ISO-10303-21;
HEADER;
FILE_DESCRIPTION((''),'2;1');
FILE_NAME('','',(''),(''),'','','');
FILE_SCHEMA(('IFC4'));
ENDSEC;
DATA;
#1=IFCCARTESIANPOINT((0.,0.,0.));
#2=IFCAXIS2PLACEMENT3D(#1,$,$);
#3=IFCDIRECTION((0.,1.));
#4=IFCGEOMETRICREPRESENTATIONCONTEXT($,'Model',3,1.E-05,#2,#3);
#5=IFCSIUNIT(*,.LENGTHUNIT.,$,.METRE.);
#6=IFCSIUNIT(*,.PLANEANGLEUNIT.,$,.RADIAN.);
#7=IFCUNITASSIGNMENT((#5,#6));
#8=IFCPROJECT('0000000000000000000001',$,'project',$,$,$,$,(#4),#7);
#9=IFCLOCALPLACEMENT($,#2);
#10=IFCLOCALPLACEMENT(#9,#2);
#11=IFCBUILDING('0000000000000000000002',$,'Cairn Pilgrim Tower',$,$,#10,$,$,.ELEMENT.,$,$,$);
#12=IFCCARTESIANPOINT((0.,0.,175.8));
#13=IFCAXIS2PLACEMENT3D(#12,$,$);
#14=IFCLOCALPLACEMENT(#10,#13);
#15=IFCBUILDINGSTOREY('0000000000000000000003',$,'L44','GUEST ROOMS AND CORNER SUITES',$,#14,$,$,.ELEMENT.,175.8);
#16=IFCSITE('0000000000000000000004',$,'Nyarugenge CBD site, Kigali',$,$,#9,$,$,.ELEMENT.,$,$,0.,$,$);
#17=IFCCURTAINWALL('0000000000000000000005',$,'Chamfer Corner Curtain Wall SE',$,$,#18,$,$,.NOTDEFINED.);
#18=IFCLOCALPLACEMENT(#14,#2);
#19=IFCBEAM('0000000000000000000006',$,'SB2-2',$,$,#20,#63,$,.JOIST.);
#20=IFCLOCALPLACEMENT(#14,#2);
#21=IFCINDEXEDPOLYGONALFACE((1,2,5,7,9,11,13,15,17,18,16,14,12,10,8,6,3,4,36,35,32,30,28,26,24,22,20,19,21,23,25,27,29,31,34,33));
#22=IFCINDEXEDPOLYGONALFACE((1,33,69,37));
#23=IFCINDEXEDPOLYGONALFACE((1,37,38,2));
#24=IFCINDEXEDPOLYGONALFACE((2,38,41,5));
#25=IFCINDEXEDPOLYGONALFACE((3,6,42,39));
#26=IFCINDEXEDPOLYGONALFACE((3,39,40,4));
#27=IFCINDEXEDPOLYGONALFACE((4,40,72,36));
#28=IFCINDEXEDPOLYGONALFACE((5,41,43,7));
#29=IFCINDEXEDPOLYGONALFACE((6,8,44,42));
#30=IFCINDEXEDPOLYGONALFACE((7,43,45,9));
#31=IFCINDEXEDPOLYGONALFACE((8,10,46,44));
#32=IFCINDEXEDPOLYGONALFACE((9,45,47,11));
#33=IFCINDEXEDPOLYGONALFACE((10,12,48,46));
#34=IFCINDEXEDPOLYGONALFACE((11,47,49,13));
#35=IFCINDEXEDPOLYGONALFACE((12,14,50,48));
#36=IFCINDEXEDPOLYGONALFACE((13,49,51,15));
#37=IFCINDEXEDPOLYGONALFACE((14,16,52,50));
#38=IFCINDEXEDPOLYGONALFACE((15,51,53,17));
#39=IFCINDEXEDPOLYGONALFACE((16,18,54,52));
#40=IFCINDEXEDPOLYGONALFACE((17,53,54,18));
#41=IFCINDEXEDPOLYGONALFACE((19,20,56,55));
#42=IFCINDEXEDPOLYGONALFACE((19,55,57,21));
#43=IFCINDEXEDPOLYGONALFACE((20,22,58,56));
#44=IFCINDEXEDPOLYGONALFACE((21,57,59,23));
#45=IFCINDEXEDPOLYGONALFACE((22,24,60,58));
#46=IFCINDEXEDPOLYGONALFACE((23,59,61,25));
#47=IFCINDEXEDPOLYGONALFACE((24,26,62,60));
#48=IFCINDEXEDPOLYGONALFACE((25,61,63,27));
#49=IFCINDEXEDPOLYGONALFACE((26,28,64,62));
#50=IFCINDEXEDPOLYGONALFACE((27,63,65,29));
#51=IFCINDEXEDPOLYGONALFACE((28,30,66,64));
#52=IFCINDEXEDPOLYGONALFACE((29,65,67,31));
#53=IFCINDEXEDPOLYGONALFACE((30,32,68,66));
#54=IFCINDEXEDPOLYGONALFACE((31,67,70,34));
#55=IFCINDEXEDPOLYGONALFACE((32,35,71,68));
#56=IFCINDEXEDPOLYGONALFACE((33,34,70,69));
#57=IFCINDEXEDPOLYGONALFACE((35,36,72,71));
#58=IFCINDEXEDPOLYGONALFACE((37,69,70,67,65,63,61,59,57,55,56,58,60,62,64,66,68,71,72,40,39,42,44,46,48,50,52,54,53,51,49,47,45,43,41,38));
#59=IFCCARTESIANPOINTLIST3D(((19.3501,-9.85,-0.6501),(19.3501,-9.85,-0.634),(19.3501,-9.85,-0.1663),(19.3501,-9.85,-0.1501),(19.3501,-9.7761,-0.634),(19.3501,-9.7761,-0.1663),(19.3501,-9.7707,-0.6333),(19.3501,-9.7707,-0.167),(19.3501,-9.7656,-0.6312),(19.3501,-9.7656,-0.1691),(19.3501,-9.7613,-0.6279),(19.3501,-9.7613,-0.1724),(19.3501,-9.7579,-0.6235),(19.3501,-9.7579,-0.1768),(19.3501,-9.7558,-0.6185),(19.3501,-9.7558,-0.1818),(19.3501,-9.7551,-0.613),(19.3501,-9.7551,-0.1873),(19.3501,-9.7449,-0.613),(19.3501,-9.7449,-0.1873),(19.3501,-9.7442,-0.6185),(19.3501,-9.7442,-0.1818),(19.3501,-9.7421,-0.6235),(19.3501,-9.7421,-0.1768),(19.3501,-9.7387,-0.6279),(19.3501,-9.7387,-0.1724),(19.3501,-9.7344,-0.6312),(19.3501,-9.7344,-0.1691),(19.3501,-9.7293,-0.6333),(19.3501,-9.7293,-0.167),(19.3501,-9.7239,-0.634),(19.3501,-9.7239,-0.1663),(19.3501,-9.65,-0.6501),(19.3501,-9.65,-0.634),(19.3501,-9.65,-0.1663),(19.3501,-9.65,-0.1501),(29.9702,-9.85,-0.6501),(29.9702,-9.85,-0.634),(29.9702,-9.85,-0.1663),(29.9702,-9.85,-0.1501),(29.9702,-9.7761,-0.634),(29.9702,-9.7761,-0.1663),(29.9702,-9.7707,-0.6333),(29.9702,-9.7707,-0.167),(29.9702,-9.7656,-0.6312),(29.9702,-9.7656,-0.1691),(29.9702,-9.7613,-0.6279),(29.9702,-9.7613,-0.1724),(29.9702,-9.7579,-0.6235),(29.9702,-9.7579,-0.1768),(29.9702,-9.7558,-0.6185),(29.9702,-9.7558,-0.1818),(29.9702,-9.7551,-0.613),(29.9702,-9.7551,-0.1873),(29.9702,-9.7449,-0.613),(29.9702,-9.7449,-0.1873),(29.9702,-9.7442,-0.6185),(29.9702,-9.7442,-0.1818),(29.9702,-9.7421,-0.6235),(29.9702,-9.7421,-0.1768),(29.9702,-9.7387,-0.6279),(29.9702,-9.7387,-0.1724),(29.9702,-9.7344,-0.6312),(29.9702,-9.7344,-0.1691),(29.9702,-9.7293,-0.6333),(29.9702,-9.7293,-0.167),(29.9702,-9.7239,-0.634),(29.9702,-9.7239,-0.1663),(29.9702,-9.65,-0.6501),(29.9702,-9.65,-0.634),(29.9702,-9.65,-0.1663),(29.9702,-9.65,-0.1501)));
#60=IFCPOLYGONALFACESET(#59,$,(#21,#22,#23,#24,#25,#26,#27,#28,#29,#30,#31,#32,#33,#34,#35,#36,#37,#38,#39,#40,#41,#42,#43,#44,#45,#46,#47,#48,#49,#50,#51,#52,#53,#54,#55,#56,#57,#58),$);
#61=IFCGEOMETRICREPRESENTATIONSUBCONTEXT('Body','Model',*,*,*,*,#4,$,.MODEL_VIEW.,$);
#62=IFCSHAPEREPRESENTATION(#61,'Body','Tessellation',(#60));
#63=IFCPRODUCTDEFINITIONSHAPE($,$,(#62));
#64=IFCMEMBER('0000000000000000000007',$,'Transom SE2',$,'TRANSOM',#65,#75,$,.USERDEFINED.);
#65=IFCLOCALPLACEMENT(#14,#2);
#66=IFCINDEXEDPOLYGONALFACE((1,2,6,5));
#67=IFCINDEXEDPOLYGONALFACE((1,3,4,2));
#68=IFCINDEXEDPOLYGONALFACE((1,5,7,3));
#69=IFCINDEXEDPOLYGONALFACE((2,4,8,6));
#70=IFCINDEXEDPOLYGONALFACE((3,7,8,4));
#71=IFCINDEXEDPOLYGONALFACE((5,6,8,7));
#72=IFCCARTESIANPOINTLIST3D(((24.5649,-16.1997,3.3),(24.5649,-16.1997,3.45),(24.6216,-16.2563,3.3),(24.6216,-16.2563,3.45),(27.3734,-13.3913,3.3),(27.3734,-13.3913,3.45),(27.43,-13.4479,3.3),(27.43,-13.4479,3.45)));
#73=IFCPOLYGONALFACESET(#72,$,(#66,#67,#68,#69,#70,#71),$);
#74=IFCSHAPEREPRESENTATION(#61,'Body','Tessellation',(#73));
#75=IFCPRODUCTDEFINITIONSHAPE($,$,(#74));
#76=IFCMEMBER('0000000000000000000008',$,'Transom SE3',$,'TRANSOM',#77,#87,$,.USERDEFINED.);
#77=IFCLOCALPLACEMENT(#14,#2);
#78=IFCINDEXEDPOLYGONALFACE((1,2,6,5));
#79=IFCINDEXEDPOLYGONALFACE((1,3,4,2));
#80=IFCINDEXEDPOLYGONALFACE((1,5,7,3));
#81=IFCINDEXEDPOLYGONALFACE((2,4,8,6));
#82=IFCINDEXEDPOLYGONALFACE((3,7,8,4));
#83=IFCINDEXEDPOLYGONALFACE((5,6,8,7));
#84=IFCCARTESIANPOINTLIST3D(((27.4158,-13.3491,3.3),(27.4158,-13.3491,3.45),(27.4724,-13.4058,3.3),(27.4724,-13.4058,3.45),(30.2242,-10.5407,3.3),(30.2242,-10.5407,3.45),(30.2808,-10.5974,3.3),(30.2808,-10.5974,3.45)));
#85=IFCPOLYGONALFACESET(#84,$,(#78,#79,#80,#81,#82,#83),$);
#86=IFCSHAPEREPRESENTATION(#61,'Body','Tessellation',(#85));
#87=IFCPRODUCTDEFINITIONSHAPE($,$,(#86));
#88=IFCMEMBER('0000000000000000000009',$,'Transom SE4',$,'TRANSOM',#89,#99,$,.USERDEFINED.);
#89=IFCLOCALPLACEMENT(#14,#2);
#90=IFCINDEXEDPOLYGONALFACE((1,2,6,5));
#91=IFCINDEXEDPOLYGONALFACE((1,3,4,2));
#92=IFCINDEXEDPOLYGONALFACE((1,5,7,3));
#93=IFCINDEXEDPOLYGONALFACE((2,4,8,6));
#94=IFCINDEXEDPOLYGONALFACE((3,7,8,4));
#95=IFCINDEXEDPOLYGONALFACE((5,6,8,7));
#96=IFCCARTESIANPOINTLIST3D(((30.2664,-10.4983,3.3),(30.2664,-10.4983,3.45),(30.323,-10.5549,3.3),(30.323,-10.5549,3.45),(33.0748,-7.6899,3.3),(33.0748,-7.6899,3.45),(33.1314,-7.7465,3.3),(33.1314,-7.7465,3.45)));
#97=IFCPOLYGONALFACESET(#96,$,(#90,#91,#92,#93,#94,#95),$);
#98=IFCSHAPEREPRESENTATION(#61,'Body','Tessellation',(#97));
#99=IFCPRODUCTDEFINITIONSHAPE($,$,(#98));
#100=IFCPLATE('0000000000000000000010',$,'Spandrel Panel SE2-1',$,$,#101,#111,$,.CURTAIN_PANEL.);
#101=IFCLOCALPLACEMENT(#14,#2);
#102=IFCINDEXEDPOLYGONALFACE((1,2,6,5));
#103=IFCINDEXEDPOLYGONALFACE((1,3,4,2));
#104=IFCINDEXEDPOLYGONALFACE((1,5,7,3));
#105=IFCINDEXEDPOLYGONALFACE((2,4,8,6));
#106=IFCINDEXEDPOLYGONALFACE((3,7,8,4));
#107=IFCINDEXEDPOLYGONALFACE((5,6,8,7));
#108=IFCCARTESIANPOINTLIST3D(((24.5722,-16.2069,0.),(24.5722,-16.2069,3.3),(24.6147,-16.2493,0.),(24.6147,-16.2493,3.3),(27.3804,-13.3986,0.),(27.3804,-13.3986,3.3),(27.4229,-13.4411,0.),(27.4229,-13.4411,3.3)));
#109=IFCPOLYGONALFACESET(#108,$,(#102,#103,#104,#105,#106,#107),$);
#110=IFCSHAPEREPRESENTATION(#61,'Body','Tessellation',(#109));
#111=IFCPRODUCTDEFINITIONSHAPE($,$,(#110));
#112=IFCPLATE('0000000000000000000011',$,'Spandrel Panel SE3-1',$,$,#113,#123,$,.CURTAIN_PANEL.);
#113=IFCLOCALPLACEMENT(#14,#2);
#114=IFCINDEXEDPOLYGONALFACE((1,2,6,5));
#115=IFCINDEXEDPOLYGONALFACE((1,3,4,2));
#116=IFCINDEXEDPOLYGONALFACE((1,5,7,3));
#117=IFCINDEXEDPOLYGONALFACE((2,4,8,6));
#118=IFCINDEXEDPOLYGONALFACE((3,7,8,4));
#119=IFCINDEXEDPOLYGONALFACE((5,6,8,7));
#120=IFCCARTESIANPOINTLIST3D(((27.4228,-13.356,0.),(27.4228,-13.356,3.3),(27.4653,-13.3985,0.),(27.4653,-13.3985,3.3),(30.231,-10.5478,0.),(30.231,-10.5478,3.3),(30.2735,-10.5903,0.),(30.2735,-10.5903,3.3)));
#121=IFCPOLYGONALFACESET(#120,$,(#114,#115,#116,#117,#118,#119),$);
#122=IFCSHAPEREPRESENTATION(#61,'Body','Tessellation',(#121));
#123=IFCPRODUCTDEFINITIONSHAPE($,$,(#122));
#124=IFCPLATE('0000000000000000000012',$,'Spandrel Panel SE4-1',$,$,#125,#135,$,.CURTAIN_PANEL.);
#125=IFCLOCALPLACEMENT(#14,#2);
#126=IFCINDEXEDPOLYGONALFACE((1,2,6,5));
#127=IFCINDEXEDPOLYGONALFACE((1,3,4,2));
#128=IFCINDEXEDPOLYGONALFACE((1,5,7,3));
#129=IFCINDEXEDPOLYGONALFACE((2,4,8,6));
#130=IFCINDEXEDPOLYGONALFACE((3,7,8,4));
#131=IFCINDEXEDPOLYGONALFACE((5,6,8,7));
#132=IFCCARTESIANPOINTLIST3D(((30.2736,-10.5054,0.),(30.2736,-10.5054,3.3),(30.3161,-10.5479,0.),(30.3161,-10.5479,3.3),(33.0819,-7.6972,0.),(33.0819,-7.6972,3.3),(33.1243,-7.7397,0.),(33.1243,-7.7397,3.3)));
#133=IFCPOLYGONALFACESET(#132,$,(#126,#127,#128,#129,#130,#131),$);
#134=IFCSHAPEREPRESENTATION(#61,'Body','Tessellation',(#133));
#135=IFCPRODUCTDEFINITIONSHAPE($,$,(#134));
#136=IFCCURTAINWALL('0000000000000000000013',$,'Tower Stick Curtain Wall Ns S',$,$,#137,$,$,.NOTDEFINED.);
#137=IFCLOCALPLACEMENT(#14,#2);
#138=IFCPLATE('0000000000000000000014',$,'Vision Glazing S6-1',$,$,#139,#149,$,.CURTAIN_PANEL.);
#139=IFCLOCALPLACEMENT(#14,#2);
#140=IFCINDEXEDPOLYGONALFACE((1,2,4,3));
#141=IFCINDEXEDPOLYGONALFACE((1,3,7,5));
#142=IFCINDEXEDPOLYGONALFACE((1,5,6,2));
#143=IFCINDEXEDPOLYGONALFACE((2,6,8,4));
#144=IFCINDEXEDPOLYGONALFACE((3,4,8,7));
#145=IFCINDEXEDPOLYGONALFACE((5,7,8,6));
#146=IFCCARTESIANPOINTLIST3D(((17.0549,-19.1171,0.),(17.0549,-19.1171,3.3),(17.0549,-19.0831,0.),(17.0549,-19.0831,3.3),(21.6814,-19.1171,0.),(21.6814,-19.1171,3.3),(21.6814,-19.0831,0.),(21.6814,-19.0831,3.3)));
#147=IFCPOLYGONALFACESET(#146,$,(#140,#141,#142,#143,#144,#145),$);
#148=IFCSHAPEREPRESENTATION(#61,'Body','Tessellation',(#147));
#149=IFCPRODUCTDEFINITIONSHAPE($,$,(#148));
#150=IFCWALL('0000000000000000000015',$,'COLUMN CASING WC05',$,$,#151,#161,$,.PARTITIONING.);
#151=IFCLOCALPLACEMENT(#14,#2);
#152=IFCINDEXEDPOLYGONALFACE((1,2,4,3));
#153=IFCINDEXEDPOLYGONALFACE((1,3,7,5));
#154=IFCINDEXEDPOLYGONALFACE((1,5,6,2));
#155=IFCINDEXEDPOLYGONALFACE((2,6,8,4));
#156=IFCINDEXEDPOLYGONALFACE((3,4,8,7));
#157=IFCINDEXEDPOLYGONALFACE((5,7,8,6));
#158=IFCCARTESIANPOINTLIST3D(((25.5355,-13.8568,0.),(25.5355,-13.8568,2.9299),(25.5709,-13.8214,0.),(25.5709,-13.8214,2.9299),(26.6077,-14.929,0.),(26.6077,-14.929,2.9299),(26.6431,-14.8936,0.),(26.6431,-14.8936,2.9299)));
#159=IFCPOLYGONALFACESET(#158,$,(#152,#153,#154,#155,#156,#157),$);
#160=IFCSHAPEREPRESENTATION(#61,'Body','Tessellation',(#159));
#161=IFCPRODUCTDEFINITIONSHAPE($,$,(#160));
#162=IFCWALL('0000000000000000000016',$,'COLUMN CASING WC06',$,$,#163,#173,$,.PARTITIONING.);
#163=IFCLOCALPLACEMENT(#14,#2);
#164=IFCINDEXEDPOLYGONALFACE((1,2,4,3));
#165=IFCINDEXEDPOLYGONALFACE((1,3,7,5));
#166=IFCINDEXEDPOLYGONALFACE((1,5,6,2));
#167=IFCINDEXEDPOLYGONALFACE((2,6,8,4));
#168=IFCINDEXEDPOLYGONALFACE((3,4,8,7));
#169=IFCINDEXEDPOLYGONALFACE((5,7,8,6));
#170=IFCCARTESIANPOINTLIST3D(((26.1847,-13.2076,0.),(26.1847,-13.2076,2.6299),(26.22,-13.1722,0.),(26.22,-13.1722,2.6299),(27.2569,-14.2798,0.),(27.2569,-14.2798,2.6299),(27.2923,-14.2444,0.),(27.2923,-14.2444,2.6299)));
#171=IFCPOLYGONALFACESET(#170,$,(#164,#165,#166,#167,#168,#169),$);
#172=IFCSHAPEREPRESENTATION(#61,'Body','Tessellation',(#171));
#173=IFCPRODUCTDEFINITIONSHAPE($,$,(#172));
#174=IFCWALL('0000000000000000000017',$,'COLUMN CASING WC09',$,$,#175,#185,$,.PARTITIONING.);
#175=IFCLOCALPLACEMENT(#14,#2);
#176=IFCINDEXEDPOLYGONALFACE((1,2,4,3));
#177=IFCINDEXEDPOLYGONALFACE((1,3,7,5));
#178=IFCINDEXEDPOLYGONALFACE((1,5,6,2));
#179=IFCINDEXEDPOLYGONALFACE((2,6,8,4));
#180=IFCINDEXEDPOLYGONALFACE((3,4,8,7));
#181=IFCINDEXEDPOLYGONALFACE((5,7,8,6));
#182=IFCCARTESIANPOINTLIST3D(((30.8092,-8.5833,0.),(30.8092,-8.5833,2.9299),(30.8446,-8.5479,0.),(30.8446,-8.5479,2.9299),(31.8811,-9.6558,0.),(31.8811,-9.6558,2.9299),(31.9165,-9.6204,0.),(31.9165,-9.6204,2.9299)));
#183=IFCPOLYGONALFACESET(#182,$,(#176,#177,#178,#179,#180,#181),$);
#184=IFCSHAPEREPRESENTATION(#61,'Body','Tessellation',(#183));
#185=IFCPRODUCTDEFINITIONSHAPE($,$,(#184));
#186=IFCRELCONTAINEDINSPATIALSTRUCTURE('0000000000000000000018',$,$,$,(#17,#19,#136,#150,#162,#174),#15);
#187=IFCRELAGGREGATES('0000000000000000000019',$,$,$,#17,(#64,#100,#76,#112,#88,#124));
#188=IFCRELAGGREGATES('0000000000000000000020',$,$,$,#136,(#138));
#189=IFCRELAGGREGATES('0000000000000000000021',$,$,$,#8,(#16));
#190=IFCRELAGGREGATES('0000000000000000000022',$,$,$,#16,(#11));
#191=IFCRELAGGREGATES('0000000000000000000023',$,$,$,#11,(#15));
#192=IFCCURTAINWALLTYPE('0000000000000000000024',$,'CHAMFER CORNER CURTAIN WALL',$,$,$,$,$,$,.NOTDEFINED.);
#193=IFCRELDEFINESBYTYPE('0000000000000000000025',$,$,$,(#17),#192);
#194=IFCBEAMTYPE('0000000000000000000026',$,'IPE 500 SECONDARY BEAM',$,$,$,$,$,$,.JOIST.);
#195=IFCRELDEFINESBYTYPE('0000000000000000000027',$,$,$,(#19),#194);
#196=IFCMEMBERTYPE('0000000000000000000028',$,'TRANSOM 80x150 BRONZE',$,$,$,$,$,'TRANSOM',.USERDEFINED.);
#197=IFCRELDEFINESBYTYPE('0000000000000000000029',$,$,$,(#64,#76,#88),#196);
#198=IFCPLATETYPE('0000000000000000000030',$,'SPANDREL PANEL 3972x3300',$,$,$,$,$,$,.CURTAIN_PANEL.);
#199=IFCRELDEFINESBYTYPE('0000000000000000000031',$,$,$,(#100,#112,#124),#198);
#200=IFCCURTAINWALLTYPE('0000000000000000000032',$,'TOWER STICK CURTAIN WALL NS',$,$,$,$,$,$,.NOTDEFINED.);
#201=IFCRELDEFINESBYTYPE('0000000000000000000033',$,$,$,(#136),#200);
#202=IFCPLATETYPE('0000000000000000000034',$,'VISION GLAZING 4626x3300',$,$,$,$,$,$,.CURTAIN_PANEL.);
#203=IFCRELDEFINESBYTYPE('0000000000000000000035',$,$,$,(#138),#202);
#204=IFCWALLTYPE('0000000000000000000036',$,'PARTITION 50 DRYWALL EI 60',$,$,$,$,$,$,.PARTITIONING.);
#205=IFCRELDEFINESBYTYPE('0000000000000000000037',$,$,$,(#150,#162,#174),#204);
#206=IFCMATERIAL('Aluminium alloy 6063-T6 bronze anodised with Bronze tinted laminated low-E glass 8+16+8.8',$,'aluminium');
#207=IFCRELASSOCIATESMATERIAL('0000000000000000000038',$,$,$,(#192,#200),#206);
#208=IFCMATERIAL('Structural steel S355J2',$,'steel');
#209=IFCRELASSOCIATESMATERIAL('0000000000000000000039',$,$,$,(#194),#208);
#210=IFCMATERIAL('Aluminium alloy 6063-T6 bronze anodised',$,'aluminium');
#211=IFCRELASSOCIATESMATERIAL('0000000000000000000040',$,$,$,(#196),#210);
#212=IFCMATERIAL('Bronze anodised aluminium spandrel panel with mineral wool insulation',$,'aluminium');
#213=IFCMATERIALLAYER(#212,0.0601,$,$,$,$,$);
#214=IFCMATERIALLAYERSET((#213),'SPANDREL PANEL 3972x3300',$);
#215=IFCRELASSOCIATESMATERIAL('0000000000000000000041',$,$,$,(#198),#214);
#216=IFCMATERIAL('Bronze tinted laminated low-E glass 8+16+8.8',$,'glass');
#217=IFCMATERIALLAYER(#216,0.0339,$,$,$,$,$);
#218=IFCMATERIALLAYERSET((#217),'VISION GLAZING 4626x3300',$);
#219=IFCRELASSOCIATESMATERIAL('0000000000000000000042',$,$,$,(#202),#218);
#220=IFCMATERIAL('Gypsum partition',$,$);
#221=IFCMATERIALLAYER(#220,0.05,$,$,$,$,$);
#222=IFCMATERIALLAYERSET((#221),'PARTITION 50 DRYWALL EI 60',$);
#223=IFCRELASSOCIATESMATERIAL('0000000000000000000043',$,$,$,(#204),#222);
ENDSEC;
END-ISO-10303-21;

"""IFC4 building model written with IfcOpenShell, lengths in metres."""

from ifc_helpers import new_model, si_unit, direction, frame, frame_2d, origin, origin_2d, place, context, subcontext, project, spatial, rectangle, i_section, extrude, material, layer, layer_set, material_profile, profile_set, type_object, element, aggregate, save


model = new_model("IFC4")

# Units and contexts
model_context = context("Model", 3, precision=1e-05, world=origin(), true_north=direction((0.0, 1.0)))
body_context = subcontext(model_context, "Body", "Model", "MODEL_VIEW")
ifc_project = project(units=[si_unit("LENGTHUNIT", "METRE"), si_unit("PLANEANGLEUNIT", "RADIAN")], contexts=[model_context])

# Site, building, storey
site_placement = place(None, origin())
site = spatial("IfcSite", under=ifc_project, at=site_placement, Name="Nyarugenge CBD site, Kigali", CompositionType="ELEMENT", RefElevation=0.0)
building_placement = place(site_placement, origin())
building = spatial("IfcBuilding", under=site, at=building_placement, Name="Cairn Pilgrim Tower", CompositionType="ELEMENT")
storey_placement = place(building_placement, frame((0.0, 0.0, 175.8)))
storey = spatial("IfcBuildingStorey", under=building, at=storey_placement, Name="L44", Description="GUEST ROOMS AND CORNER SUITES", CompositionType="ELEMENT", Elevation=175.8)

# Shared definitions
ifc_material_1 = material(Name="Structural steel S355J2", Category="steel")

# Curtain wall
ifc_material_2 = material(Name="Aluminium alloy 6063-T6 bronze anodised with Bronze tinted laminated low-E glass 8+16+8.8", Category="aluminium")
curtain_wall_type_1 = type_object("IfcCurtainWallType", Name="CHAMFER CORNER CURTAIN WALL", PredefinedType="NOTDEFINED", material=ifc_material_2)
curtain_wall_1_placement = place(storey_placement, origin())
curtain_wall_1 = element("IfcCurtainWall", 1, at=curtain_wall_1_placement, inside=storey, type_object=curtain_wall_type_1, Name="Chamfer Corner Curtain Wall SE", PredefinedType="NOTDEFINED")
ifc_material_3 = material(Name="Aluminium alloy 6063-T6 bronze anodised", Category="aluminium")

# Beam
ifc_material_profile_1 = material_profile(ifc_material_1, i_section(OverallWidth=0.2, OverallDepth=0.5, WebThickness=0.0103, FlangeThickness=0.0161, FilletRadius=0.021, at=origin_2d()), Name="IPE 500")
ifc_profile_set_1 = profile_set([ifc_material_profile_1], Name="Structural steel S355J2")
beam_type_1 = type_object("IfcBeamType", Name="IPE 500 SECONDARY BEAM", PredefinedType="JOIST", material=ifc_profile_set_1)
beam_1_placement = place(storey_placement, frame((19.3501, -9.75, -0.4001), z_axis=(1.0, 0.0, 0.0), x_axis=(0.0, 1.0, 0.0)))
element("IfcBeam", 2, at=beam_1_placement, inside=storey, type_object=beam_type_1, Name="SB2-2", PredefinedType="JOIST", context=body_context, shape_type="SweptSolid", body=[
    extrude(i_section(OverallWidth=0.2, OverallDepth=0.5, WebThickness=0.0103, FlangeThickness=0.0161, FilletRadius=0.021, at=origin_2d()), origin(), (0.0, 0.0, 1.0), 10.6201),
])

# Members
ifc_material_profile_2 = material_profile(ifc_material_3, rectangle(XDim=0.0801, YDim=0.1499, at=origin_2d()), Name="TRANSOM 80x150 BRONZE")
ifc_profile_set_2 = profile_set([ifc_material_profile_2], Name="Aluminium alloy 6063-T6 bronze anodised")
member_type_1 = type_object("IfcMemberType", Name="TRANSOM 80x150 BRONZE", ElementType="TRANSOM", PredefinedType="USERDEFINED", material=ifc_profile_set_2)
member_1_placement = place(storey_placement, frame((24.5933, -16.228, 3.375), z_axis=(0.707107, 0.707107, 0.0), x_axis=(-0.707107, 0.707107, 0.0)))
member_1 = element("IfcMember", 3, at=member_1_placement, type_object=member_type_1, Name="Transom SE2", ObjectType="TRANSOM", PredefinedType="USERDEFINED", context=body_context, shape_type="SweptSolid", body=[
    extrude(rectangle(XDim=0.0801, YDim=0.1499, at=origin_2d()), origin(), (0.0, 0.0, 1.0), 3.9717),
])
member_2_placement = place(storey_placement, frame((27.4441, -13.3774, 3.375), z_axis=(0.707107, 0.707107, 0.0), x_axis=(-0.707107, 0.707107, 0.0)))
member_2 = element("IfcMember", 4, at=member_2_placement, type_object=member_type_1, Name="Transom SE3", ObjectType="TRANSOM", PredefinedType="USERDEFINED", context=body_context, shape_type="SweptSolid", body=[
    extrude(rectangle(XDim=0.0801, YDim=0.1499, at=origin_2d()), origin(), (0.0, 0.0, 1.0), 3.9717),
])
member_3_placement = place(storey_placement, frame((30.2947, -10.5266, 3.375), z_axis=(0.707107, 0.707107, 0.0), x_axis=(-0.707107, 0.707107, 0.0)))
member_3 = element("IfcMember", 5, at=member_3_placement, type_object=member_type_1, Name="Transom SE4", ObjectType="TRANSOM", PredefinedType="USERDEFINED", context=body_context, shape_type="SweptSolid", body=[
    extrude(rectangle(XDim=0.0801, YDim=0.1499, at=origin_2d()), origin(), (0.0, 0.0, 1.0), 3.9717),
])

# Plates
ifc_material_4 = material(Name="Bronze anodised aluminium spandrel panel with mineral wool insulation", Category="aluminium")
ifc_layer_1 = layer(ifc_material_4, 0.0601)
ifc_layer_set_1 = layer_set([ifc_layer_1], Name="SPANDREL PANEL 3972x3300")
plate_type_1 = type_object("IfcPlateType", Name="SPANDREL PANEL 3972x3300", PredefinedType="CURTAIN_PANEL", material=ifc_layer_set_1)
plate_1_placement = place(storey_placement, frame((25.9976, -14.824, 0.0), z_axis=(0.0, 0.0, 1.0), x_axis=(0.707107, 0.707107, 0.0)))
plate_1 = element("IfcPlate", 6, at=plate_1_placement, type_object=plate_type_1, Name="Spandrel Panel SE2-1", PredefinedType="CURTAIN_PANEL", context=body_context, shape_type="SweptSolid", body=[
    extrude(rectangle(XDim=3.9714, YDim=0.0601, at=origin_2d()), origin(), (0.0, 0.0, 1.0), 3.3),
])
plate_2_placement = place(storey_placement, frame((28.8481, -11.9731, 0.0), z_axis=(0.0, 0.0, 1.0), x_axis=(0.707107, 0.707107, 0.0)))
plate_2 = element("IfcPlate", 7, at=plate_2_placement, type_object=plate_type_1, Name="Spandrel Panel SE3-1", PredefinedType="CURTAIN_PANEL", context=body_context, shape_type="SweptSolid", body=[
    extrude(rectangle(XDim=3.9714, YDim=0.0601, at=origin_2d()), origin(), (0.0, 0.0, 1.0), 3.3),
])
plate_3_placement = place(storey_placement, frame((31.699, -9.1226, 0.0), z_axis=(0.0, 0.0, 1.0), x_axis=(0.707107, 0.707107, 0.0)))
plate_3 = element("IfcPlate", 8, at=plate_3_placement, type_object=plate_type_1, Name="Spandrel Panel SE4-1", PredefinedType="CURTAIN_PANEL", context=body_context, shape_type="SweptSolid", body=[
    extrude(rectangle(XDim=3.9714, YDim=0.0601, at=origin_2d()), origin(), (0.0, 0.0, 1.0), 3.3),
])
aggregate(curtain_wall_1, [member_1, plate_1, member_2, plate_2, member_3, plate_3])

# Curtain wall, plate
curtain_wall_type_2 = type_object("IfcCurtainWallType", Name="TOWER STICK CURTAIN WALL NS", PredefinedType="NOTDEFINED", material=ifc_material_2)
curtain_wall_2_placement = place(storey_placement, origin())
curtain_wall_2 = element("IfcCurtainWall", 9, at=curtain_wall_2_placement, inside=storey, type_object=curtain_wall_type_2, Name="Tower Stick Curtain Wall Ns S", PredefinedType="NOTDEFINED")
ifc_material_5 = material(Name="Bronze tinted laminated low-E glass 8+16+8.8", Category="glass")
ifc_layer_2 = layer(ifc_material_5, 0.0339)
ifc_layer_set_2 = layer_set([ifc_layer_2], Name="VISION GLAZING 4626x3300")
plate_type_2 = type_object("IfcPlateType", Name="VISION GLAZING 4626x3300", PredefinedType="CURTAIN_PANEL", material=ifc_layer_set_2)
plate_4_placement = place(storey_placement, frame((19.3682, -19.1001, 0.0), z_axis=(0.0, 0.0, 1.0), x_axis=(1.0, 0.0, 0.0)))
plate_4 = element("IfcPlate", 10, at=plate_4_placement, type_object=plate_type_2, Name="Vision Glazing S6-1", PredefinedType="CURTAIN_PANEL", context=body_context, shape_type="SweptSolid", body=[
    extrude(rectangle(XDim=4.6265, YDim=0.0339, at=origin_2d()), origin(), (0.0, 0.0, 1.0), 3.3),
])
aggregate(curtain_wall_2, [plate_4])

# Walls
ifc_material_6 = material(Name="Gypsum partition")
ifc_layer_3 = layer(ifc_material_6, 0.05)
ifc_layer_set_3 = layer_set([ifc_layer_3], Name="PARTITION 50 DRYWALL EI 60")
wall_type_1 = type_object("IfcWallType", Name="PARTITION 50 DRYWALL EI 60", PredefinedType="PARTITIONING", material=ifc_layer_set_3)
wall_1_placement = place(storey_placement, frame((26.6255, -14.9114, 0.0), z_axis=(0.0, 0.0, 1.0), x_axis=(-0.707107, 0.707107, 0.0)))
element("IfcWall", 11, at=wall_1_placement, inside=storey, type_object=wall_type_1, Name="COLUMN CASING WC05", PredefinedType="PARTITIONING", context=body_context, shape_type="SweptSolid", body=[
    extrude(rectangle(XDim=1.5164, YDim=0.05, at=frame_2d((0.7583, 0.0))), origin(), (0.0, 0.0, 1.0), 2.9299),
])
wall_2_placement = place(storey_placement, frame((27.2747, -14.2622, 0.0), z_axis=(0.0, 0.0, 1.0), x_axis=(-0.707107, 0.707107, 0.0)))
element("IfcWall", 12, at=wall_2_placement, inside=storey, type_object=wall_type_1, Name="COLUMN CASING WC06", PredefinedType="PARTITIONING", context=body_context, shape_type="SweptSolid", body=[
    extrude(rectangle(XDim=1.5164, YDim=0.05, at=frame_2d((0.7583, 0.0))), origin(), (0.0, 0.0, 1.0), 2.6299),
])
wall_3_placement = place(storey_placement, frame((31.8989, -9.6382, 0.0), z_axis=(0.0, 0.0, 1.0), x_axis=(-0.706946, 0.707268, 0.0)))
element("IfcWall", 13, at=wall_3_placement, inside=storey, type_object=wall_type_1, Name="COLUMN CASING WC09", PredefinedType="PARTITIONING", context=body_context, shape_type="SweptSolid", body=[
    extrude(rectangle(XDim=1.5164, YDim=0.05, at=frame_2d((0.7583, 0.0))), origin(), (0.0, 0.0, 1.0), 2.9299),
])

save(model, "model.ifc")
